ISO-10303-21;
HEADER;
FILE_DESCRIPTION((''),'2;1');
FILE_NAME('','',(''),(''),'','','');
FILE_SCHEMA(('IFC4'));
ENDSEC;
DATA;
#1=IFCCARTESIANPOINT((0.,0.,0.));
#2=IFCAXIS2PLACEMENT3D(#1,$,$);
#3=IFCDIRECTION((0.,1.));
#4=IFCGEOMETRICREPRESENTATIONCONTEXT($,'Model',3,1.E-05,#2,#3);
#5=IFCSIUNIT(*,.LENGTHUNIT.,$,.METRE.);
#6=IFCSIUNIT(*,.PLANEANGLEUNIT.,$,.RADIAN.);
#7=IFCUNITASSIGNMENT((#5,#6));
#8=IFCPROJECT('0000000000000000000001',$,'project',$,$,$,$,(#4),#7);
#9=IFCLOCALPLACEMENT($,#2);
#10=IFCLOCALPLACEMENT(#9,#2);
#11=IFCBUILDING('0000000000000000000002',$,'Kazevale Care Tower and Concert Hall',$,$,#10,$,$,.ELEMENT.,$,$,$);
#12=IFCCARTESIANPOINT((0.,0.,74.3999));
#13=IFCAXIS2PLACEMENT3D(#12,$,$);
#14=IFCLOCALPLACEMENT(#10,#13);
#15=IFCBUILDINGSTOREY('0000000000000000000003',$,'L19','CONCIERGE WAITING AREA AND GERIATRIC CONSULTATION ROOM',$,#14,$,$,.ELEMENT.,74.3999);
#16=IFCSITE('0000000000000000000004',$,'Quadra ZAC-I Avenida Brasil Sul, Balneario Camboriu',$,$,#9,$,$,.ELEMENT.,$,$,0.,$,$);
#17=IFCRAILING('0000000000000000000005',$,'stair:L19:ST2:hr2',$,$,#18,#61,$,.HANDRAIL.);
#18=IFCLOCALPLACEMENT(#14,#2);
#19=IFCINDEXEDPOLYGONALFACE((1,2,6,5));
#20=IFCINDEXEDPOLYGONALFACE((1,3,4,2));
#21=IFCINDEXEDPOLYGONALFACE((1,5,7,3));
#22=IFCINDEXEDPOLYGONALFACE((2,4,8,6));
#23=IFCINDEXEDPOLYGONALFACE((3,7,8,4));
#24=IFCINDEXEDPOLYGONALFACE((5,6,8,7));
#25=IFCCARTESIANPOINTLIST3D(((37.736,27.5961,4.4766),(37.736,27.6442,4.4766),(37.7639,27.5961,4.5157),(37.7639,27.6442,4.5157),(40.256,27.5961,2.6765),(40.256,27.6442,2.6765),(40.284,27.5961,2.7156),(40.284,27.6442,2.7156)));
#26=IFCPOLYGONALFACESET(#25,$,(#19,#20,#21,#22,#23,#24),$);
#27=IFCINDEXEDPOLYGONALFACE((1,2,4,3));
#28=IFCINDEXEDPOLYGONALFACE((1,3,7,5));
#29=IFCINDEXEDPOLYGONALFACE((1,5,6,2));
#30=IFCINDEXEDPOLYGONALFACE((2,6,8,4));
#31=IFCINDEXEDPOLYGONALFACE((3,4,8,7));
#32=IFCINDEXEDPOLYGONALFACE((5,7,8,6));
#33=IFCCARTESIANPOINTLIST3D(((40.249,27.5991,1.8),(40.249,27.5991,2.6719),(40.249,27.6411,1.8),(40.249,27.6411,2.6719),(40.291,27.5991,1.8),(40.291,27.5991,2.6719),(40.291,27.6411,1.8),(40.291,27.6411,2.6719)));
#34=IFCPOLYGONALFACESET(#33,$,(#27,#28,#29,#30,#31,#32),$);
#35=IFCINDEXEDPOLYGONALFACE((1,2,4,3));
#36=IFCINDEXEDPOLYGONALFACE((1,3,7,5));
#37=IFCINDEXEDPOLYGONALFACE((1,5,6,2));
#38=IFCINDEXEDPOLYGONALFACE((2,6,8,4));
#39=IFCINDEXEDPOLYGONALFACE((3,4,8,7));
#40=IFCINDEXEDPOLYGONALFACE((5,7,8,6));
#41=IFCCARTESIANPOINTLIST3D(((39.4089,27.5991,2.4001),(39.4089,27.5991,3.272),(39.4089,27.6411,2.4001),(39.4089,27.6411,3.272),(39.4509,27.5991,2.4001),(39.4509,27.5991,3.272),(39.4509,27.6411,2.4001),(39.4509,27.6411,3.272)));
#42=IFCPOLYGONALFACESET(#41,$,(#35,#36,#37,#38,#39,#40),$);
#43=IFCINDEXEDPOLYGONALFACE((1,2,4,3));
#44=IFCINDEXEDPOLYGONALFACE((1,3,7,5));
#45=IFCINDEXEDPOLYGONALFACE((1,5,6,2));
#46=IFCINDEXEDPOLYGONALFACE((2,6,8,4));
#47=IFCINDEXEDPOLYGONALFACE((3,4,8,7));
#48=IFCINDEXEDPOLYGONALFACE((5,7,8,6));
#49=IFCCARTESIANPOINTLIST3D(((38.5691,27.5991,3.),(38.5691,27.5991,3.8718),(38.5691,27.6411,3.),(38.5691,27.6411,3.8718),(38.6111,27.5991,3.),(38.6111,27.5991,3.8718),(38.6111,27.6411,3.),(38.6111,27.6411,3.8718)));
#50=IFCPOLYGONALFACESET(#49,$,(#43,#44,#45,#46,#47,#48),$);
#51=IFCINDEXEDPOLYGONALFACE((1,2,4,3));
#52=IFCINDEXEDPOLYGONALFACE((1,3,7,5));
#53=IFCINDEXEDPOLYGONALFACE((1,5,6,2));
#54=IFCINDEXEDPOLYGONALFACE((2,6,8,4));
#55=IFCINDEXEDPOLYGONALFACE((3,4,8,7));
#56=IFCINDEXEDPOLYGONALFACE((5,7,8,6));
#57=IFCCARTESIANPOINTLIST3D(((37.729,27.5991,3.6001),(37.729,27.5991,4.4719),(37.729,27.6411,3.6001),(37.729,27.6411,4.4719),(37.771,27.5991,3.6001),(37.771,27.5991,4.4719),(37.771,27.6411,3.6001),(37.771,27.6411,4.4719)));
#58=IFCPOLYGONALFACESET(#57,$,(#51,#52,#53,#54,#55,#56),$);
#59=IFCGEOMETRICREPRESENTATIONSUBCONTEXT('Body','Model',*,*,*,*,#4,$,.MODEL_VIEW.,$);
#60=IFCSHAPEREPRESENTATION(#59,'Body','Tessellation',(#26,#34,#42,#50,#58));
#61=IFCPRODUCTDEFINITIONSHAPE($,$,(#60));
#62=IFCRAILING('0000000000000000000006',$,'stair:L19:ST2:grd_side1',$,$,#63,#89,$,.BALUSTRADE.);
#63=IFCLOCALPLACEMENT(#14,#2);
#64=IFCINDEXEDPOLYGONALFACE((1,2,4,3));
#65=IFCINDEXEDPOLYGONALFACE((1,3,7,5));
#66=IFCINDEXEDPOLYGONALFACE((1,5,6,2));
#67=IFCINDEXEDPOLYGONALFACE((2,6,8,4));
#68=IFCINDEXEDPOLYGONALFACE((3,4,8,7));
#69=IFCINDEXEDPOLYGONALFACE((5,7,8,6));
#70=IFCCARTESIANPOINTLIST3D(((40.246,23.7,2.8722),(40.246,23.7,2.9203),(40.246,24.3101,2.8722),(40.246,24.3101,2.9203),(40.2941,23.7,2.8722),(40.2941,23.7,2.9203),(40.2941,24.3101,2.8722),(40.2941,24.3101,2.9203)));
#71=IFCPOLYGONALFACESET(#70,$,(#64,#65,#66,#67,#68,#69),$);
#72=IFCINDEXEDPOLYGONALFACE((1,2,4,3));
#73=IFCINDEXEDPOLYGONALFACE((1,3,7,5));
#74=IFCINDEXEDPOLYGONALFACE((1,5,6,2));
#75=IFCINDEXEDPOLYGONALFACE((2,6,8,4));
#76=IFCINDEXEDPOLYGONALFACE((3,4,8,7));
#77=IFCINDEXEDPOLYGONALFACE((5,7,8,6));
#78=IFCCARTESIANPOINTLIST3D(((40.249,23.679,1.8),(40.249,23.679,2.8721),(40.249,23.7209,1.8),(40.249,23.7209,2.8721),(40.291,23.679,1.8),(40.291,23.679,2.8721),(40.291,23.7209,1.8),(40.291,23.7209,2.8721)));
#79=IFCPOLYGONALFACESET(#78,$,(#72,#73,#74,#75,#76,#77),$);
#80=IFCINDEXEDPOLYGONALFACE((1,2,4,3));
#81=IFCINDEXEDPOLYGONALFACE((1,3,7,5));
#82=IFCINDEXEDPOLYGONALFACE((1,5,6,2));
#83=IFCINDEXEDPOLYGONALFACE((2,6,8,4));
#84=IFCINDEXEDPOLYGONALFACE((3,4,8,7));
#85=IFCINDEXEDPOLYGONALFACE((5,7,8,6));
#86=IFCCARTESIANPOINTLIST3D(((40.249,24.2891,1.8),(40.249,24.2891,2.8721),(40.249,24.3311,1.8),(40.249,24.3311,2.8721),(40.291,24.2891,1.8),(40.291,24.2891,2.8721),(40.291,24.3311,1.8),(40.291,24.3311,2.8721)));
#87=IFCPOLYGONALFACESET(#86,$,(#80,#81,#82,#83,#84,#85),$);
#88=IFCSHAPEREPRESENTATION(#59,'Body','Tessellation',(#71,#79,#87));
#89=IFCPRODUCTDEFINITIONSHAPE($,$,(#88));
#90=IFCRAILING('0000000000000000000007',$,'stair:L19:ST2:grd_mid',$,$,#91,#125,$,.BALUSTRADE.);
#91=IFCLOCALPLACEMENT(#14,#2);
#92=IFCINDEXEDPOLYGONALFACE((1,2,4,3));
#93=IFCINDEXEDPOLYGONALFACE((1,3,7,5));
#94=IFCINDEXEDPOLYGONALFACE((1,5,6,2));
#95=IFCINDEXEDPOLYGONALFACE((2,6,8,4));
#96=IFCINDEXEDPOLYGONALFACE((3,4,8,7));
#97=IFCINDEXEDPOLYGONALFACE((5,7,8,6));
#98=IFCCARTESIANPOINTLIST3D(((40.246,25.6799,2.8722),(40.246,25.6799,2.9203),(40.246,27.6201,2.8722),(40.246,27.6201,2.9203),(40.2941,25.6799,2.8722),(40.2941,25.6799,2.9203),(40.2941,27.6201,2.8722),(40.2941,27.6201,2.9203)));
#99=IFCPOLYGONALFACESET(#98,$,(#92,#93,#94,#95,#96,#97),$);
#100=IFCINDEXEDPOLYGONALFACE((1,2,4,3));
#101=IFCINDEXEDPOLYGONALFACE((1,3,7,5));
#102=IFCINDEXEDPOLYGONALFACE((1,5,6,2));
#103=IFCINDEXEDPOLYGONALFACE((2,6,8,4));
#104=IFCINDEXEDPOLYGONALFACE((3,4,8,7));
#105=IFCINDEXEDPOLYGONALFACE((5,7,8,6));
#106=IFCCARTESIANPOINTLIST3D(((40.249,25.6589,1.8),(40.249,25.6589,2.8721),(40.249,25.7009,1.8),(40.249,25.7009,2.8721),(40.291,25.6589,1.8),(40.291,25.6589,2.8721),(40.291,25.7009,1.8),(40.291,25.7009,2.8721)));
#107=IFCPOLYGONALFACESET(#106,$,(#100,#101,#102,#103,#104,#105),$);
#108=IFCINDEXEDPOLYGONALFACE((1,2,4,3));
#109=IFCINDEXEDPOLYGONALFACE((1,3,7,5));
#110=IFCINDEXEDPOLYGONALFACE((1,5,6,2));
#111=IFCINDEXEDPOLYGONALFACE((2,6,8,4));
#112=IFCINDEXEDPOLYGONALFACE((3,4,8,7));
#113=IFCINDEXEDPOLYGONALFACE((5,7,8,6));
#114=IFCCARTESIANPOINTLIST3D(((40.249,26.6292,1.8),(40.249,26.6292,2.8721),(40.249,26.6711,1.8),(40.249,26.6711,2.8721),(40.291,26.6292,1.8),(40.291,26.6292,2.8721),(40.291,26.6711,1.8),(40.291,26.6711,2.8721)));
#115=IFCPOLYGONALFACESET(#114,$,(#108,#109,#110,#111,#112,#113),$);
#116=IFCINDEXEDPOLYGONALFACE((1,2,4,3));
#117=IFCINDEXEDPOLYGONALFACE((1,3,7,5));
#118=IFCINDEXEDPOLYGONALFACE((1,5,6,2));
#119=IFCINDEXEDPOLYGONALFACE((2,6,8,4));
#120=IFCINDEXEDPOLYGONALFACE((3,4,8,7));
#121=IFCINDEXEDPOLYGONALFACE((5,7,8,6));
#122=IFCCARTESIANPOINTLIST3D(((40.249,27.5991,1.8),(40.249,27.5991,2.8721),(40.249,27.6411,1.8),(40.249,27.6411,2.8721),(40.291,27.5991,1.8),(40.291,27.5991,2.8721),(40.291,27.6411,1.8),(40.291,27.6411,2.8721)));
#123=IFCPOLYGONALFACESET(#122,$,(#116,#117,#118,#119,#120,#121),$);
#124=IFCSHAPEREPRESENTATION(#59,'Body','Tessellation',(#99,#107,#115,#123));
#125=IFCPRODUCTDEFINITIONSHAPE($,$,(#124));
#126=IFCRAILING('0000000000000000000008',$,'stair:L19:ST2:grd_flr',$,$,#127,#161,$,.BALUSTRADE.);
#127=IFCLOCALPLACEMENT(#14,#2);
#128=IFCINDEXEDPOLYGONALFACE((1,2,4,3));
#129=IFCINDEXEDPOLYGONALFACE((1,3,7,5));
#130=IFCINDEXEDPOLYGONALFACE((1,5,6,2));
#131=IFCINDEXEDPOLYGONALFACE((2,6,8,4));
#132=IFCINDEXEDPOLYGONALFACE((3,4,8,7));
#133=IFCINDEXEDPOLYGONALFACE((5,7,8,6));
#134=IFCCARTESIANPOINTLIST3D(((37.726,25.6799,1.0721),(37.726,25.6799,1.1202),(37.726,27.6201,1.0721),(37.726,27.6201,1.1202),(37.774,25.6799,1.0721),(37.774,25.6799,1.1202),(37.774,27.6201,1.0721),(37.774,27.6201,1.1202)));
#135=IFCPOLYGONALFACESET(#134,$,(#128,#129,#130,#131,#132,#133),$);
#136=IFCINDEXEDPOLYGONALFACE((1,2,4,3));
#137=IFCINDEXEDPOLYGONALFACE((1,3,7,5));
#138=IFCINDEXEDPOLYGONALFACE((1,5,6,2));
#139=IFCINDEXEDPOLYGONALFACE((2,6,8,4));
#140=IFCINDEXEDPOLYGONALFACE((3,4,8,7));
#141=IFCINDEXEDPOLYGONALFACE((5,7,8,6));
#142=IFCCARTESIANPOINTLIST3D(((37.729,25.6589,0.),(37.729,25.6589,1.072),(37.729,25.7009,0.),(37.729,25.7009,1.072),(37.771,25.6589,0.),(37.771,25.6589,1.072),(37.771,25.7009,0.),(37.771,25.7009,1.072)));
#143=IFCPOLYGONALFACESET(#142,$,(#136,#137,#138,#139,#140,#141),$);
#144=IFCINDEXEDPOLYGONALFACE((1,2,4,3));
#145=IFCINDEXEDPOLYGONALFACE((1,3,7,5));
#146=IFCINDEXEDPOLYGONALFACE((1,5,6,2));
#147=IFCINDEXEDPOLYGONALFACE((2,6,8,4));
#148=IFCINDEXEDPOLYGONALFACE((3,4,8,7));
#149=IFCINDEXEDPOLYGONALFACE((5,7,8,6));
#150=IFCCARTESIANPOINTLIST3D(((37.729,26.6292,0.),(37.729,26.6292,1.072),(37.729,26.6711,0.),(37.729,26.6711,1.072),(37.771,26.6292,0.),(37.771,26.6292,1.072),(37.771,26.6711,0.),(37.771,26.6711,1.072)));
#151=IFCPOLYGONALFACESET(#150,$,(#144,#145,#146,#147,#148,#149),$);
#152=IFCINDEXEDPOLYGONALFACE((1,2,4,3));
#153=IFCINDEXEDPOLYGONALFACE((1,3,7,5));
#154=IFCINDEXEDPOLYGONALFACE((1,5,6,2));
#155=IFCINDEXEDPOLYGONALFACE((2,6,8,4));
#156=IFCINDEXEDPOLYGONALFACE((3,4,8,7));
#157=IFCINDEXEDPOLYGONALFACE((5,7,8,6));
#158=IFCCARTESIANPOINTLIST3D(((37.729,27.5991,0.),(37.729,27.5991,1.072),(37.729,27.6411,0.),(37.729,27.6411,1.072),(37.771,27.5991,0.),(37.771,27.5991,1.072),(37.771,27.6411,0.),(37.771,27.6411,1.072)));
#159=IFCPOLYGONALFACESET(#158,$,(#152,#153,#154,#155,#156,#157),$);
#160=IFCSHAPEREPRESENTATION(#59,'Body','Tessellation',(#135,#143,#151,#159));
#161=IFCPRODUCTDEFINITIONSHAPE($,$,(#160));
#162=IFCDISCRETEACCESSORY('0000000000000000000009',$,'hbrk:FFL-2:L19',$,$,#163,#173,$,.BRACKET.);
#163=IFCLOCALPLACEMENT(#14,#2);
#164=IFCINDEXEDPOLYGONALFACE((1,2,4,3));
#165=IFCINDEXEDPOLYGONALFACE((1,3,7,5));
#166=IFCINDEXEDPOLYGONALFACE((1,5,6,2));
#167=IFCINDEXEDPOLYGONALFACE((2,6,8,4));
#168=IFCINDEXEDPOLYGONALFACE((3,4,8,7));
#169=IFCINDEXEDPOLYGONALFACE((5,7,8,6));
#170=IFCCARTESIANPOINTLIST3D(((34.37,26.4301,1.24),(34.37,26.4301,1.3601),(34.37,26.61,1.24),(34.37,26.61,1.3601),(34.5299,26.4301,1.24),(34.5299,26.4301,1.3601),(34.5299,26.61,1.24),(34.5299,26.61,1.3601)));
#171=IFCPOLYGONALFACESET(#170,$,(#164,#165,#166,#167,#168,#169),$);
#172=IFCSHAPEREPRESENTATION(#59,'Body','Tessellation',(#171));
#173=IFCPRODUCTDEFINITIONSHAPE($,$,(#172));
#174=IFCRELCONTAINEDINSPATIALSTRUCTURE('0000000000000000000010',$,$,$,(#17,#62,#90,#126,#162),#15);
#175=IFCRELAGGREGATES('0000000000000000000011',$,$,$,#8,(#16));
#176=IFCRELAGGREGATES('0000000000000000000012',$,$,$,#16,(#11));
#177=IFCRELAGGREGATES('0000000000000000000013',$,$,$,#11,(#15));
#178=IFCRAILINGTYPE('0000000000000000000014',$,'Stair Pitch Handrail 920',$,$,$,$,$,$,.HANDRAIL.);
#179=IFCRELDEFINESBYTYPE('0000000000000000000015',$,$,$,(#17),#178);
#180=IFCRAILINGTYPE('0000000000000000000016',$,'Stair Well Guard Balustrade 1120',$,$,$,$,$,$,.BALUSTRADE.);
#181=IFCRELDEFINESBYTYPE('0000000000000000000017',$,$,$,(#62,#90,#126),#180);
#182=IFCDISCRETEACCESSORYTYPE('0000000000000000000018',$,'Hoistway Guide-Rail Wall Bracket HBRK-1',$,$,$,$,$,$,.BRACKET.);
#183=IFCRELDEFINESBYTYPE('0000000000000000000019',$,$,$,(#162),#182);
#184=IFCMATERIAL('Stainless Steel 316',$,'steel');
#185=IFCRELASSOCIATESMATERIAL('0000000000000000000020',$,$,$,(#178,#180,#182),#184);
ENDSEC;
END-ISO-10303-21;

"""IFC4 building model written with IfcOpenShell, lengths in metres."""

from ifc_helpers import new_model, si_unit, direction, frame, origin, origin_2d, place, context, subcontext, project, spatial, rectangle, extrude, material, type_object, element, save


model = new_model("IFC4")

# Units and contexts
model_context = context("Model", 3, precision=1e-05, world=origin(), true_north=direction((0.0, 1.0)))
body_context = subcontext(model_context, "Body", "Model", "MODEL_VIEW")
ifc_project = project(units=[si_unit("LENGTHUNIT", "METRE"), si_unit("PLANEANGLEUNIT", "RADIAN")], contexts=[model_context])

# Site, building, storey
site_placement = place(None, origin())
site = spatial("IfcSite", under=ifc_project, at=site_placement, Name="Quadra ZAC-I Avenida Brasil Sul, Balneario Camboriu", CompositionType="ELEMENT", RefElevation=0.0)
building_placement = place(site_placement, origin())
building = spatial("IfcBuilding", under=site, at=building_placement, Name="Kazevale Care Tower and Concert Hall", CompositionType="ELEMENT")
storey_placement = place(building_placement, frame((0.0, 0.0, 74.3999)))
storey = spatial("IfcBuildingStorey", under=building, at=storey_placement, Name="L19", Description="CONCIERGE WAITING AREA AND GERIATRIC CONSULTATION ROOM", CompositionType="ELEMENT", Elevation=74.3999)

# Railings
ifc_material_1 = material(Name="Stainless Steel 316", Category="steel")
railing_type_1 = type_object("IfcRailingType", Name="Stair Pitch Handrail 920", PredefinedType="HANDRAIL", material=ifc_material_1)
railing_1_placement = place(storey_placement, frame((40.27, 27.6201, 1.8)))
element("IfcRailing", 1, at=railing_1_placement, inside=storey, type_object=railing_type_1, Name="stair:L19:ST2:hr2", PredefinedType="HANDRAIL", context=body_context, shape_type="SweptSolid", body=[
    extrude(rectangle(XDim=0.0481, YDim=0.0481, at=origin_2d()), frame((0.0, 0.0, 0.896), z_axis=(-0.813728, 0.0, 0.581246), x_axis=(0.0, -1.0, 0.0)), (0.0, 0.0, 1.0), 3.0969),
    extrude(rectangle(XDim=0.042, YDim=0.042, at=origin_2d()), origin(), (0.0, 0.0, 1.0), 0.8718),
    extrude(rectangle(XDim=0.042, YDim=0.042, at=origin_2d()), frame((-0.8401, 0.0, 0.6001)), (0.0, 0.0, 1.0), 0.8718),
    extrude(rectangle(XDim=0.042, YDim=0.042, at=origin_2d()), frame((-1.6799, 0.0, 1.2)), (0.0, 0.0, 1.0), 0.8718),
    extrude(rectangle(XDim=0.042, YDim=0.042, at=origin_2d()), frame((-2.52, 0.0, 1.8)), (0.0, 0.0, 1.0), 0.8718),
])
railing_type_2 = type_object("IfcRailingType", Name="Stair Well Guard Balustrade 1120", PredefinedType="BALUSTRADE", material=ifc_material_1)
railing_2_placement = place(storey_placement, frame((40.27, 23.7, 1.8)))
element("IfcRailing", 2, at=railing_2_placement, inside=storey, type_object=railing_type_2, Name="stair:L19:ST2:grd_side1", PredefinedType="BALUSTRADE", context=body_context, shape_type="SweptSolid", body=[
    extrude(rectangle(XDim=0.0481, YDim=0.0481, at=origin_2d()), frame((0.0, 0.0, 1.0962), z_axis=(0.0, 1.0, 0.0), x_axis=(-1.0, 0.0, 0.0)), (0.0, 0.0, 1.0), 0.6101),
    extrude(rectangle(XDim=0.042, YDim=0.042, at=origin_2d()), origin(), (0.0, 0.0, 1.0), 1.072),
    extrude(rectangle(XDim=0.042, YDim=0.042, at=origin_2d()), frame((0.0, 0.6101, 0.0)), (0.0, 0.0, 1.0), 1.072),
])
for number, where, name in (
    (3, (40.27, 25.6799, 1.8), "stair:L19:ST2:grd_mid"),
    (4, (37.75, 25.6799, 0.0), "stair:L19:ST2:grd_flr"),
):
    element("IfcRailing", number, at=place(storey_placement, frame(where)), inside=storey, type_object=railing_type_2, Name=name, PredefinedType="BALUSTRADE", context=body_context, shape_type="SweptSolid", body=[
        extrude(rectangle(XDim=0.0481, YDim=0.0481, at=origin_2d()), frame((0.0, 0.0, 1.0962), z_axis=(0.0, 1.0, 0.0), x_axis=(-1.0, 0.0, 0.0)), (0.0, 0.0, 1.0), 1.9402),
        extrude(rectangle(XDim=0.042, YDim=0.042, at=origin_2d()), origin(), (0.0, 0.0, 1.0), 1.072),
        extrude(rectangle(XDim=0.042, YDim=0.042, at=origin_2d()), frame((0.0, 0.9702, 0.0)), (0.0, 0.0, 1.0), 1.072),
        extrude(rectangle(XDim=0.042, YDim=0.042, at=origin_2d()), frame((0.0, 1.9402, 0.0)), (0.0, 0.0, 1.0), 1.072),
    ])

# Discrete accessory
discrete_accessory_type = type_object("IfcDiscreteAccessoryType", Name="Hoistway Guide-Rail Wall Bracket HBRK-1", PredefinedType="BRACKET", material=ifc_material_1)
discrete_accessory_placement = place(storey_placement, frame((34.45, 26.52, 1.24), z_axis=(0.0, 0.0, 1.0), x_axis=(1.0, 0.0, 0.0)))
element("IfcDiscreteAccessory", 5, at=discrete_accessory_placement, inside=storey, type_object=discrete_accessory_type, Name="hbrk:FFL-2:L19", PredefinedType="BRACKET", context=body_context, shape_type="SweptSolid", body=[
    extrude(rectangle(XDim=0.1599, YDim=0.1799, at=origin_2d()), origin(), (0.0, 0.0, 1.0), 0.1201),
])

save(model, "model.ifc")
